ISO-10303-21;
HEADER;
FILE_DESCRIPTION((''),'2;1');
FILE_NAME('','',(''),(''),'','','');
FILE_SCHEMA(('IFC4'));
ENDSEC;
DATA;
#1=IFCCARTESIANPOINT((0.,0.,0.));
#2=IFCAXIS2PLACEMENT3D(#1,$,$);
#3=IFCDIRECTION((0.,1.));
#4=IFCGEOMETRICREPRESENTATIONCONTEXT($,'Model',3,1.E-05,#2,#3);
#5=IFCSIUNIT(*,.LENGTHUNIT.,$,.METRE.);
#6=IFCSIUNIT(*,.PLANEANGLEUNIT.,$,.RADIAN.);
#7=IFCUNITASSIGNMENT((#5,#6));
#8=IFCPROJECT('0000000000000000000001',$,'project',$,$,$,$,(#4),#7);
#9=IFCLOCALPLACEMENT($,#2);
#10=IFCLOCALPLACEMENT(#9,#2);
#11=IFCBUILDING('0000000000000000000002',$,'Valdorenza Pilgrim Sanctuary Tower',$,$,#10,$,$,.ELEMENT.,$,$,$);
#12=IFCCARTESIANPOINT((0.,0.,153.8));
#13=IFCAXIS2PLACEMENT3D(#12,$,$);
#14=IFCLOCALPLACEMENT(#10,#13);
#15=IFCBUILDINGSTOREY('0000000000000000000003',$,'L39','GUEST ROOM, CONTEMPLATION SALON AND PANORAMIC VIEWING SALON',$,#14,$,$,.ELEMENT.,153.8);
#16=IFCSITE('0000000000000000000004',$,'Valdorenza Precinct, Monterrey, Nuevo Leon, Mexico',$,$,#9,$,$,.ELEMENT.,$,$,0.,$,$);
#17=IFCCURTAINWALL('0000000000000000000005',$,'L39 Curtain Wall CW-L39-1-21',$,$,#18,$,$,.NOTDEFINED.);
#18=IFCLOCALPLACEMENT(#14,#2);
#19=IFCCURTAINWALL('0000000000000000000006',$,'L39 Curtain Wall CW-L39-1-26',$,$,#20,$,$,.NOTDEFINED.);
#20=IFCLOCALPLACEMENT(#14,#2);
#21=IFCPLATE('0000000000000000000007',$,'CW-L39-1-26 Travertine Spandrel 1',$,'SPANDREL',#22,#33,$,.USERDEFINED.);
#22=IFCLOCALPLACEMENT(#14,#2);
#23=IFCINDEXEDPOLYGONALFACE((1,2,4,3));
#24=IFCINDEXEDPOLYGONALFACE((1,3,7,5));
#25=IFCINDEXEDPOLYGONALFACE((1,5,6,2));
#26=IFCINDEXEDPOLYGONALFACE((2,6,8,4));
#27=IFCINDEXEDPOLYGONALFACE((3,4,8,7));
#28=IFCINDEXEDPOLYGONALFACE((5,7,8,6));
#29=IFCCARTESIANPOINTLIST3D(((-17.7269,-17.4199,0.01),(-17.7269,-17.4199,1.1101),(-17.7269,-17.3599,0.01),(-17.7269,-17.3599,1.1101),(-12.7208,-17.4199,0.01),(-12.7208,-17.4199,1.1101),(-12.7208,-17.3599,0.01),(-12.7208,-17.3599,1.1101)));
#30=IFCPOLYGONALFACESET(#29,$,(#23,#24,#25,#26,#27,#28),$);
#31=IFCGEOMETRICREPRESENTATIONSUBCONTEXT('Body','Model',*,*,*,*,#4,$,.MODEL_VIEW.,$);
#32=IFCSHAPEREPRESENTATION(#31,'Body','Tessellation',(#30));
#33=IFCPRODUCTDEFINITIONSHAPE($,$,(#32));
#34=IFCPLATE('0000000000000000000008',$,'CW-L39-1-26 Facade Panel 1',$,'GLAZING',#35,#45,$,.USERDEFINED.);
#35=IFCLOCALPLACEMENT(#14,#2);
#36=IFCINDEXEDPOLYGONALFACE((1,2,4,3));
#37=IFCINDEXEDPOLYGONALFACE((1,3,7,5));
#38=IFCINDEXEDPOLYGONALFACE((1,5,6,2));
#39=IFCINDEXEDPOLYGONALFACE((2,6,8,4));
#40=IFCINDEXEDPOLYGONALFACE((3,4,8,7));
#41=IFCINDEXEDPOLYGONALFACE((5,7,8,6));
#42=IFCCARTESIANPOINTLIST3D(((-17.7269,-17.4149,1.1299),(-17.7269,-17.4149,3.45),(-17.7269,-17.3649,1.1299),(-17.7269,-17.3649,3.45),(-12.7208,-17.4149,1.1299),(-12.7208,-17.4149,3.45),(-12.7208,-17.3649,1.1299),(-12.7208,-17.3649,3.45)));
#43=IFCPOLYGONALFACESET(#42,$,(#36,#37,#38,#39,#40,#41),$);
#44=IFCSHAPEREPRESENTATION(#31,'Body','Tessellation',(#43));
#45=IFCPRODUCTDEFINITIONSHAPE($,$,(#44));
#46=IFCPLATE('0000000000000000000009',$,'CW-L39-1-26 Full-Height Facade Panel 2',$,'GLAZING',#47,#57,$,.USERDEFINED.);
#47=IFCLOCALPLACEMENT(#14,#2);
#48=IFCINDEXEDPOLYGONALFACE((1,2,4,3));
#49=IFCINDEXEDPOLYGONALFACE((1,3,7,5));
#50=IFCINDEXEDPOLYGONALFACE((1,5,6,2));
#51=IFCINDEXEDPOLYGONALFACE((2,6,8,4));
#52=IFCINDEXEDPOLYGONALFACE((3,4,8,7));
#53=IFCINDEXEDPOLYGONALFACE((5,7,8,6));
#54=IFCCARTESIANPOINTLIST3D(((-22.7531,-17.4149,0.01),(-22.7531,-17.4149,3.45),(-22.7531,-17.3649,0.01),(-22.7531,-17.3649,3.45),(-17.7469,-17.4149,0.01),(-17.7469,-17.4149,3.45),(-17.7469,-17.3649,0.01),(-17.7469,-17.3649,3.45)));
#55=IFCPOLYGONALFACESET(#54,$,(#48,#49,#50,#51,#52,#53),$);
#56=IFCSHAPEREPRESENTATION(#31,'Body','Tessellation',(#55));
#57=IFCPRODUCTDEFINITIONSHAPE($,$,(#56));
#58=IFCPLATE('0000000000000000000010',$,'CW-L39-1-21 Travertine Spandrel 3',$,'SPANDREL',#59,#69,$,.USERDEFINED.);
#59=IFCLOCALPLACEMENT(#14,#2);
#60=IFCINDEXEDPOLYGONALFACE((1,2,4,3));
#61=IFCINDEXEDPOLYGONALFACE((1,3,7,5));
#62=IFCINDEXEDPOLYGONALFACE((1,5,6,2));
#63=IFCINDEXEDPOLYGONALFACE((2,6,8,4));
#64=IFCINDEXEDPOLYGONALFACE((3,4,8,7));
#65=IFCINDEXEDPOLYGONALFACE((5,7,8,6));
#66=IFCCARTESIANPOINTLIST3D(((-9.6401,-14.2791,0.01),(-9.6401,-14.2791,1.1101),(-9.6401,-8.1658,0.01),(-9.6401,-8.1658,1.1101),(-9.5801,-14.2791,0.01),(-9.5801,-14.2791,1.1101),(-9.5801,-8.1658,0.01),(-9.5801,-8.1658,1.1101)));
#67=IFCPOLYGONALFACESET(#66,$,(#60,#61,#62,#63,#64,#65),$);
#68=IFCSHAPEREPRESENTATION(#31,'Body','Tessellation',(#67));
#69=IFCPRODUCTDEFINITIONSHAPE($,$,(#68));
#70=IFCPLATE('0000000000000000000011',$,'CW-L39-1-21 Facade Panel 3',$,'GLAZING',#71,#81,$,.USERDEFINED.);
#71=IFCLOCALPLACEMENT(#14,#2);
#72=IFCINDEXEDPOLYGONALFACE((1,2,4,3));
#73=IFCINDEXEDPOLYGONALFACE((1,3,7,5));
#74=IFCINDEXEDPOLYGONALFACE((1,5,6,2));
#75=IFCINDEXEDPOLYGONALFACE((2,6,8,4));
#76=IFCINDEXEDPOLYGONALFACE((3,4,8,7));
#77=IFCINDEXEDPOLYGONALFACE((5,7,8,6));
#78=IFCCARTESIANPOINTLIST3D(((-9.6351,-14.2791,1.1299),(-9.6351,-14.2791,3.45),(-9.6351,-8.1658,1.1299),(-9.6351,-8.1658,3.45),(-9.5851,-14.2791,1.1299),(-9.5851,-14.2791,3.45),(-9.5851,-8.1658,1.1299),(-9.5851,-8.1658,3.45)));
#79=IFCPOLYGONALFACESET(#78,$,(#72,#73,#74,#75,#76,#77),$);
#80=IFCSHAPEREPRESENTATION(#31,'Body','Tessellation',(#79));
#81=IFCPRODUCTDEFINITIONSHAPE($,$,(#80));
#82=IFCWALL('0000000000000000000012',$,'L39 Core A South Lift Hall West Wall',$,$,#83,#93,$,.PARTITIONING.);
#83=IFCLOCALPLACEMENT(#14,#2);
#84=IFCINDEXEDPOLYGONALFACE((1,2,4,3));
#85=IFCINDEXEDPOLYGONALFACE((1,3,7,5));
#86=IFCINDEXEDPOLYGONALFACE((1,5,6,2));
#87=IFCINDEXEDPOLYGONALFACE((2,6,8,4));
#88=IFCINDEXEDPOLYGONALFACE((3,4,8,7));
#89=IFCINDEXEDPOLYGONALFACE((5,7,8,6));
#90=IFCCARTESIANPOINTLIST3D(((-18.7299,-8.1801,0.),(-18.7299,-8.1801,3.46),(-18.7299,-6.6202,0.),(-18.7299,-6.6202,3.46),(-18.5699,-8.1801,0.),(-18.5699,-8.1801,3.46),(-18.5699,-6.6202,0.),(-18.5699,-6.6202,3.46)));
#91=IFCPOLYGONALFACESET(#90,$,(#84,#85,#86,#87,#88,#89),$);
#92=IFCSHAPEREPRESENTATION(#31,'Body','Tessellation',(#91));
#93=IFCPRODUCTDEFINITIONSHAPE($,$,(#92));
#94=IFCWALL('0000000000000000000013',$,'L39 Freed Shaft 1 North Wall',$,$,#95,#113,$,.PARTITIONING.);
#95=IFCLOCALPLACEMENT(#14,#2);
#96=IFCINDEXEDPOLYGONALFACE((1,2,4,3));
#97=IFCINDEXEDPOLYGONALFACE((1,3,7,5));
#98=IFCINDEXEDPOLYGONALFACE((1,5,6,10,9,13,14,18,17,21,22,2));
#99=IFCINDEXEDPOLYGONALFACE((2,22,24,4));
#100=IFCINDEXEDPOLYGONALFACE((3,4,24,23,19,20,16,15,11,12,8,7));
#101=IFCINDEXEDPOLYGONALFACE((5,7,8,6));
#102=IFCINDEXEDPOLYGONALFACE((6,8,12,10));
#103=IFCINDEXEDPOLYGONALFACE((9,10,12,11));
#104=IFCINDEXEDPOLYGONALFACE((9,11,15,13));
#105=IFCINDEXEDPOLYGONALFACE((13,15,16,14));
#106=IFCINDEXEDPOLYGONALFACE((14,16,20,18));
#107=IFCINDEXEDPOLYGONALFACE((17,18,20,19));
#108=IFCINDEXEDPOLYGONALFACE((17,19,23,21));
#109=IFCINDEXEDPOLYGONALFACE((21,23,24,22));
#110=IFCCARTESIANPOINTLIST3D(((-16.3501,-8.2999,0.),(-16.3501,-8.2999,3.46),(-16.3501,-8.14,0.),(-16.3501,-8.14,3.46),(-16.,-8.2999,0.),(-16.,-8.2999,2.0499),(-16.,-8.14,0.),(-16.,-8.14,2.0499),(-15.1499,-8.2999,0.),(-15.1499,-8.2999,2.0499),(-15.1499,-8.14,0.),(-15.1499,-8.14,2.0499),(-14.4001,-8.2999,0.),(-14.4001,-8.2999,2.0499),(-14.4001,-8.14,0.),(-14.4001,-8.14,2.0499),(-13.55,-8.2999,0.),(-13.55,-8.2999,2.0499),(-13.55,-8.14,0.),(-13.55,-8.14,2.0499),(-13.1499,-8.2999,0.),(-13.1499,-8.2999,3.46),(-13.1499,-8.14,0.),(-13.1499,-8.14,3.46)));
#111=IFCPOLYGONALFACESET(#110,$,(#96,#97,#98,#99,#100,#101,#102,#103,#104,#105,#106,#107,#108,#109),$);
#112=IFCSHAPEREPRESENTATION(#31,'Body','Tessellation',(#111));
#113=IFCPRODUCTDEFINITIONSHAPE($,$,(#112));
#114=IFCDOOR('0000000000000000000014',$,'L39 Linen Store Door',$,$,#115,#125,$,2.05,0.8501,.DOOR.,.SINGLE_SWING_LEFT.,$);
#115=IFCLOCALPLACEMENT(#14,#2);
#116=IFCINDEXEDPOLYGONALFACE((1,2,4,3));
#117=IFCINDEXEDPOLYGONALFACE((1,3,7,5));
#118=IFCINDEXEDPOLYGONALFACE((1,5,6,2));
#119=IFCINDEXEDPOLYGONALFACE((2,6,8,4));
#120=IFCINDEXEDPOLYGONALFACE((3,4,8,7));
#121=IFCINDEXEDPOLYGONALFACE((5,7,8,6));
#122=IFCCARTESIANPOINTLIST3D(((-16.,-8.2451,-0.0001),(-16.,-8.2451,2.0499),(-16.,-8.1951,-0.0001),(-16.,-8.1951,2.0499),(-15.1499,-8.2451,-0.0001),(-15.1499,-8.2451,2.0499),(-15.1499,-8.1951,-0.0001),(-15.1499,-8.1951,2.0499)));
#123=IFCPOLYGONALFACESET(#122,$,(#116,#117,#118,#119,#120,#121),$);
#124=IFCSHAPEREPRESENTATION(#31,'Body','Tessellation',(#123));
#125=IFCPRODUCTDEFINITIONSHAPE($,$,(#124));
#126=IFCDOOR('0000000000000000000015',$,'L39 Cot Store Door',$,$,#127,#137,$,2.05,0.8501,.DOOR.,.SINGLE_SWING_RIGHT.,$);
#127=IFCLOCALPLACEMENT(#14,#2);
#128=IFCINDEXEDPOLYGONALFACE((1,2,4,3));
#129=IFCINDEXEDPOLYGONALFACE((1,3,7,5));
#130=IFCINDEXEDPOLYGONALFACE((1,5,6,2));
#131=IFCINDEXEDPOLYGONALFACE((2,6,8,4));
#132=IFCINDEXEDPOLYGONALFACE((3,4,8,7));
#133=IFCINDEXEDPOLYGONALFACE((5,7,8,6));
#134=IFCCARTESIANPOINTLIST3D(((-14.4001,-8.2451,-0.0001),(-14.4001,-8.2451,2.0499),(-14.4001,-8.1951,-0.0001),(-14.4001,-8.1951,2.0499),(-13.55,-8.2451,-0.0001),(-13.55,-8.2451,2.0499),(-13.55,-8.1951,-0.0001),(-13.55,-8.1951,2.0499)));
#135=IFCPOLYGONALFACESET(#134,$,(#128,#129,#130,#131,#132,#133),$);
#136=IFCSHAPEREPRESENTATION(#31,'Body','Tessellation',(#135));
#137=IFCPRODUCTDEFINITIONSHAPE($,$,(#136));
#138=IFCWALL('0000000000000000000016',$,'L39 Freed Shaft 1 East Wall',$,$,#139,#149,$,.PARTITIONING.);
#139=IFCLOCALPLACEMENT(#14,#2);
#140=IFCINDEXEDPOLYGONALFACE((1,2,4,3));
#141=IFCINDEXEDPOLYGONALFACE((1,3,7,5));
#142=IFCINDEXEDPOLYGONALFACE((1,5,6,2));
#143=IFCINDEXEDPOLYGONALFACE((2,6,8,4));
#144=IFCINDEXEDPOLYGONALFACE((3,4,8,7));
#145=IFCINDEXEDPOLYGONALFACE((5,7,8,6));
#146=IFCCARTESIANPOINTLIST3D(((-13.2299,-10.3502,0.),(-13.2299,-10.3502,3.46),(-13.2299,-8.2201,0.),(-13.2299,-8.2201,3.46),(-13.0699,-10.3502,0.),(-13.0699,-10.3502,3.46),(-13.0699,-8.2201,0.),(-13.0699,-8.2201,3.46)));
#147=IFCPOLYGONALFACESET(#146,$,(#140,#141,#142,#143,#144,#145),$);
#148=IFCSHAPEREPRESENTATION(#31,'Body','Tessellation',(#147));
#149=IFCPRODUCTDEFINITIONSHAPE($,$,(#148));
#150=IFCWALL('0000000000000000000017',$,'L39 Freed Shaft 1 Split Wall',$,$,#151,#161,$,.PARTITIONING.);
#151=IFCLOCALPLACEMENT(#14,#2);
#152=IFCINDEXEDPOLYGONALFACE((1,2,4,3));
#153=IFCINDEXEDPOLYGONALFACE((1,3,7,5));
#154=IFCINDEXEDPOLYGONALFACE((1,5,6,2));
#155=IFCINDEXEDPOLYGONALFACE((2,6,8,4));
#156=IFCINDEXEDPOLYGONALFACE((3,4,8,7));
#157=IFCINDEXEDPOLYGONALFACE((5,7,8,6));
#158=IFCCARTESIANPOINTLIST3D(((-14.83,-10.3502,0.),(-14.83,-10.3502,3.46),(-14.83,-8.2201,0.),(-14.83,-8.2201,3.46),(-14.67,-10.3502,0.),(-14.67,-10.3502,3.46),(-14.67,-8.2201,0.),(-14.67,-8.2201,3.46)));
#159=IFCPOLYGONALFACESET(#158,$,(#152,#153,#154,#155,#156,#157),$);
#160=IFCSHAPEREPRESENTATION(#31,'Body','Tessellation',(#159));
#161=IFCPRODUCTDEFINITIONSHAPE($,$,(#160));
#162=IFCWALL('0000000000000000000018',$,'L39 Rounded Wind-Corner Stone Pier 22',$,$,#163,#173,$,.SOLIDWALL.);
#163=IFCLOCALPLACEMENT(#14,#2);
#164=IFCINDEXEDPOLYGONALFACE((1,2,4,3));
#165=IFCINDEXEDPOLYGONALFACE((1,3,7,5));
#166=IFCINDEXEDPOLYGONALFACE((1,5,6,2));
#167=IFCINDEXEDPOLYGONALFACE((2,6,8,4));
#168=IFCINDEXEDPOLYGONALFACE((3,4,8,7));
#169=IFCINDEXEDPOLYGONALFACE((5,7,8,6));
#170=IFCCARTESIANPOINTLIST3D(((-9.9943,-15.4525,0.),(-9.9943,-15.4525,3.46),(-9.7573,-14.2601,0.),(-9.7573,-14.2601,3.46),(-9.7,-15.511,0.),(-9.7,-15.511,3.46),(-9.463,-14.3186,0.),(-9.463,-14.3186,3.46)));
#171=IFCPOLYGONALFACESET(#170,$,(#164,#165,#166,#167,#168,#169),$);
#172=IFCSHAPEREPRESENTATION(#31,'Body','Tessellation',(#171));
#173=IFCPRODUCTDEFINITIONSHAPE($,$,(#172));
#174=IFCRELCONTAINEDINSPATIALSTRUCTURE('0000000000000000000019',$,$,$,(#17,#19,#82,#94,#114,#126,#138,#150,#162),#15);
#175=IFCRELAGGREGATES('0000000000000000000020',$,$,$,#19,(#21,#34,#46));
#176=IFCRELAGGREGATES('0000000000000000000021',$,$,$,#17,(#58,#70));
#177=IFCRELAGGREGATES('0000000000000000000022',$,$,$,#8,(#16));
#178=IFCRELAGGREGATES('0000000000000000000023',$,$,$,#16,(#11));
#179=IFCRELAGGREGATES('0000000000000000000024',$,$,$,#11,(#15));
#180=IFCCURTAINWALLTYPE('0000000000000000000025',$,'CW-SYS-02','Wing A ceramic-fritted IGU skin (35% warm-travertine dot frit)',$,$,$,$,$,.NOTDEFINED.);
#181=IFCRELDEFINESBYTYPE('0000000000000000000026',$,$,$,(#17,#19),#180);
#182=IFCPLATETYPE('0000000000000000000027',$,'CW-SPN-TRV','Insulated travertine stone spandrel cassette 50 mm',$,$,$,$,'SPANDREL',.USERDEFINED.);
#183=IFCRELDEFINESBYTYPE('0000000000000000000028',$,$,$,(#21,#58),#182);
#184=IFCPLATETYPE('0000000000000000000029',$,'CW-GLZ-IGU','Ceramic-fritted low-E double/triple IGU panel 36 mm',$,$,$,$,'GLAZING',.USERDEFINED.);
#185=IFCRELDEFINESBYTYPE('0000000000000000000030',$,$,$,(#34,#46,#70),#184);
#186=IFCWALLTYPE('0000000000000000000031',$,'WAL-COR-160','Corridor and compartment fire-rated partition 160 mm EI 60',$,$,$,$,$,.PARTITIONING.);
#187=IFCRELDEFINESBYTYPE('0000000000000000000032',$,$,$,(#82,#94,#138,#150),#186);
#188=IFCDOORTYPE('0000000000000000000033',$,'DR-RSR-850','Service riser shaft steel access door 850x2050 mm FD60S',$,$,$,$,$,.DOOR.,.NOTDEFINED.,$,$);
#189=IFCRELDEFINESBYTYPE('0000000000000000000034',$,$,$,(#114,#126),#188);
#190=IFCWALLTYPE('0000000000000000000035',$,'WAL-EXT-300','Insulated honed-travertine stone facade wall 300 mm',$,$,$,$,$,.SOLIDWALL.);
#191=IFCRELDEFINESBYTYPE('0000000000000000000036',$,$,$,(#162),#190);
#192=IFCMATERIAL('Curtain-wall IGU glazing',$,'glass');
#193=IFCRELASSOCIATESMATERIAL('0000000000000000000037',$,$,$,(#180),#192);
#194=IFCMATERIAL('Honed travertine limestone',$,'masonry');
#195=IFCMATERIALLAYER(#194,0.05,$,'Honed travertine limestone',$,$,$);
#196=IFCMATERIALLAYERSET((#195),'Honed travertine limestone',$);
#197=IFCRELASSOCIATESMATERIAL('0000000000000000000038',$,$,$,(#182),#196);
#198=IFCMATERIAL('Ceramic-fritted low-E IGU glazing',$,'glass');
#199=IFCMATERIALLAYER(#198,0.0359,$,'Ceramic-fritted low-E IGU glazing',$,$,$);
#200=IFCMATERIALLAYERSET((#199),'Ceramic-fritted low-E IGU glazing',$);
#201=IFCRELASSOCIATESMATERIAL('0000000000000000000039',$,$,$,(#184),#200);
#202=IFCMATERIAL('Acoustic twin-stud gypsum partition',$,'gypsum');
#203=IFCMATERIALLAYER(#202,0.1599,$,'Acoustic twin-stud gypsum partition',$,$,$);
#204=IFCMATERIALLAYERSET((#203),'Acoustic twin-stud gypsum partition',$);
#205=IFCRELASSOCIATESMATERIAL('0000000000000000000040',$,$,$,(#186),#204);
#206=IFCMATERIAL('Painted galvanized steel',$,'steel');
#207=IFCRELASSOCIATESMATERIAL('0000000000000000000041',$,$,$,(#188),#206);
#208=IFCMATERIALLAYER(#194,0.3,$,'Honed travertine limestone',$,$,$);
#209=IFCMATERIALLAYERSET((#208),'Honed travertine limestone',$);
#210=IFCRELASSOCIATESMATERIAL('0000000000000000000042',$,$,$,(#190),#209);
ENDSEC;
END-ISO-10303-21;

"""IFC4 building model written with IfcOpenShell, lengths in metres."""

from ifc_helpers import new_model, si_unit, direction, frame, frame_2d, origin, origin_2d, place, context, subcontext, project, spatial, rectangle, extrude, source, transform, mapped, material, layer, layer_set, type_object, element, fill, aggregate, save


model = new_model("IFC4")

# Units and contexts
model_context = context("Model", 3, precision=1e-05, world=origin(), true_north=direction((0.0, 1.0)))
body_context = subcontext(model_context, "Body", "Model", "MODEL_VIEW")
ifc_project = project(units=[si_unit("LENGTHUNIT", "METRE"), si_unit("PLANEANGLEUNIT", "RADIAN")], contexts=[model_context])

# Site, building, storey
site_placement = place(None, origin())
site = spatial("IfcSite", under=ifc_project, at=site_placement, Name="Valdorenza Precinct, Monterrey, Nuevo Leon, Mexico", CompositionType="ELEMENT", RefElevation=0.0)
building_placement = place(site_placement, origin())
building = spatial("IfcBuilding", under=site, at=building_placement, Name="Valdorenza Pilgrim Sanctuary Tower", CompositionType="ELEMENT")
storey_placement = place(building_placement, frame((0.0, 0.0, 153.8)))
storey = spatial("IfcBuildingStorey", under=building, at=storey_placement, Name="L39", Description="GUEST ROOM, CONTEMPLATION SALON AND PANORAMIC VIEWING SALON", CompositionType="ELEMENT", Elevation=153.8)

# Curtain wall
ifc_material_1 = material(Name="Curtain-wall IGU glazing", Category="glass")
curtain_wall_type = type_object("IfcCurtainWallType", Name="CW-SYS-02", Description="Wing A ceramic-fritted IGU skin (35% warm-travertine dot frit)", PredefinedType="NOTDEFINED", material=ifc_material_1)
curtain_wall_1_placement = place(storey_placement, origin())
curtain_wall_1 = element("IfcCurtainWall", 1, at=curtain_wall_1_placement, inside=storey, type_object=curtain_wall_type, Name="L39 Curtain Wall CW-L39-1-21", PredefinedType="NOTDEFINED")

# Curtain wall, plates
curtain_wall_2_placement = place(storey_placement, origin())
curtain_wall_2 = element("IfcCurtainWall", 2, at=curtain_wall_2_placement, inside=storey, type_object=curtain_wall_type, Name="L39 Curtain Wall CW-L39-1-26", PredefinedType="NOTDEFINED")
ifc_material_2 = material(Name="Honed travertine limestone", Category="masonry")
ifc_layer_1 = layer(ifc_material_2, 0.05, Name="Honed travertine limestone")
ifc_layer_set_1 = layer_set([ifc_layer_1], Name="Honed travertine limestone")
plate_type_1 = type_object("IfcPlateType", Name="CW-SPN-TRV", Description="Insulated travertine stone spandrel cassette 50 mm", ElementType="SPANDREL", PredefinedType="USERDEFINED", material=ifc_layer_set_1)
shared_shape_1 = source(origin(), body_context, "Body", "SweptSolid", [
    extrude(rectangle(XDim=5.0061, YDim=0.0601, at=origin_2d()), origin(), (0.0, 0.0, 1.0), 1.1001),
])
plate_1_placement = place(storey_placement, frame((-15.2239, -17.3899, 0.01), z_axis=(0.0, 0.0, 1.0), x_axis=(-1.0, 0.0, 0.0)))
plate_1 = element("IfcPlate", 3, at=plate_1_placement, type_object=plate_type_1, Name="CW-L39-1-26 Travertine Spandrel 1", ObjectType="SPANDREL", PredefinedType="USERDEFINED", context=body_context, shape_type="MappedRepresentation", body=[
    mapped(shared_shape_1, transform((0.0, 0.0, 0.0), x_axis=(1.0, 0.0, 0.0), y_axis=(0.0, 1.0, 0.0), z_axis=(0.0, 0.0, 1.0), scale=1.0)),
])
ifc_material_3 = material(Name="Ceramic-fritted low-E IGU glazing", Category="glass")
ifc_layer_2 = layer(ifc_material_3, 0.0359, Name="Ceramic-fritted low-E IGU glazing")
ifc_layer_set_2 = layer_set([ifc_layer_2], Name="Ceramic-fritted low-E IGU glazing")
plate_type_2 = type_object("IfcPlateType", Name="CW-GLZ-IGU", Description="Ceramic-fritted low-E double/triple IGU panel 36 mm", ElementType="GLAZING", PredefinedType="USERDEFINED", material=ifc_layer_set_2)
shared_shape_2 = source(origin(), body_context, "Body", "SweptSolid", [
    extrude(rectangle(XDim=5.0061, YDim=0.05, at=origin_2d()), origin(), (0.0, 0.0, 1.0), 2.3201),
])
plate_2_placement = place(storey_placement, frame((-15.2239, -17.3899, 1.1299), z_axis=(0.0, 0.0, 1.0), x_axis=(-1.0, 0.0, 0.0)))
plate_2 = element("IfcPlate", 4, at=plate_2_placement, type_object=plate_type_2, Name="CW-L39-1-26 Facade Panel 1", ObjectType="GLAZING", PredefinedType="USERDEFINED", context=body_context, shape_type="MappedRepresentation", body=[
    mapped(shared_shape_2, transform((0.0, 0.0, 0.0), x_axis=(1.0, 0.0, 0.0), y_axis=(0.0, 1.0, 0.0), z_axis=(0.0, 0.0, 1.0), scale=1.0)),
])
shared_shape_3 = source(origin(), body_context, "Body", "SweptSolid", [
    extrude(rectangle(XDim=5.0061, YDim=0.05, at=origin_2d()), origin(), (0.0, 0.0, 1.0), 3.4399),
])
plate_3_placement = place(storey_placement, frame((-20.25, -17.3899, 0.01), z_axis=(0.0, 0.0, 1.0), x_axis=(-1.0, 0.0, 0.0)))
plate_3 = element("IfcPlate", 5, at=plate_3_placement, type_object=plate_type_2, Name="CW-L39-1-26 Full-Height Facade Panel 2", ObjectType="GLAZING", PredefinedType="USERDEFINED", context=body_context, shape_type="MappedRepresentation", body=[
    mapped(shared_shape_3, transform((0.0, 0.0, 0.0), x_axis=(1.0, 0.0, 0.0), y_axis=(0.0, 1.0, 0.0), z_axis=(0.0, 0.0, 1.0), scale=1.0)),
])
aggregate(curtain_wall_2, [plate_1, plate_2, plate_3])

# Plates
shared_shape_4 = source(origin(), body_context, "Body", "SweptSolid", [
    extrude(rectangle(XDim=6.1133, YDim=0.0601, at=origin_2d()), origin(), (0.0, 0.0, 1.0), 1.1001),
])
plate_4_placement = place(storey_placement, frame((-9.6101, -11.2224, 0.01), z_axis=(0.0, 0.0, 1.0), x_axis=(0.0, -1.0, 0.0)))
plate_4 = element("IfcPlate", 6, at=plate_4_placement, type_object=plate_type_1, Name="CW-L39-1-21 Travertine Spandrel 3", ObjectType="SPANDREL", PredefinedType="USERDEFINED", context=body_context, shape_type="MappedRepresentation", body=[
    mapped(shared_shape_4, transform((0.0, 0.0, 0.0), x_axis=(1.0, 0.0, 0.0), y_axis=(0.0, 1.0, 0.0), z_axis=(0.0, 0.0, 1.0), scale=1.0)),
])
shared_shape_5 = source(origin(), body_context, "Body", "SweptSolid", [
    extrude(rectangle(XDim=6.1133, YDim=0.05, at=origin_2d()), origin(), (0.0, 0.0, 1.0), 2.3201),
])
plate_5_placement = place(storey_placement, frame((-9.6101, -11.2224, 1.1299), z_axis=(0.0, 0.0, 1.0), x_axis=(0.0, -1.0, 0.0)))
plate_5 = element("IfcPlate", 7, at=plate_5_placement, type_object=plate_type_2, Name="CW-L39-1-21 Facade Panel 3", ObjectType="GLAZING", PredefinedType="USERDEFINED", context=body_context, shape_type="MappedRepresentation", body=[
    mapped(shared_shape_5, transform((0.0, 0.0, 0.0), x_axis=(1.0, 0.0, 0.0), y_axis=(0.0, 1.0, 0.0), z_axis=(0.0, 0.0, 1.0), scale=1.0)),
])
aggregate(curtain_wall_1, [plate_4, plate_5])

# Wall
ifc_material_4 = material(Name="Acoustic twin-stud gypsum partition", Category="gypsum")
ifc_layer_3 = layer(ifc_material_4, 0.1599, Name="Acoustic twin-stud gypsum partition")
ifc_layer_set_3 = layer_set([ifc_layer_3], Name="Acoustic twin-stud gypsum partition")
wall_type_1 = type_object("IfcWallType", Name="WAL-COR-160", Description="Corridor and compartment fire-rated partition 160 mm EI 60", PredefinedType="PARTITIONING", material=ifc_layer_set_3)
wall_1_placement = place(storey_placement, frame((-18.6499, -8.1799, 0.0), z_axis=(0.0, 0.0, 1.0), x_axis=(0.0, 1.0, 0.0)))
element("IfcWall", 8, at=wall_1_placement, inside=storey, type_object=wall_type_1, Name="L39 Core A South Lift Hall West Wall", PredefinedType="PARTITIONING", context=body_context, shape_type="SweptSolid", body=[
    extrude(rectangle(XDim=1.5598, YDim=0.1599, at=frame_2d((0.7798, 0.0))), origin(), (0.0, 0.0, 1.0), 3.46),
])

# Wall, openings, doors
wall_2_placement = place(storey_placement, frame((-16.3501, -8.22, 0.0), z_axis=(0.0, 0.0, 1.0), x_axis=(1.0, 0.0, 0.0)))
wall_2 = element("IfcWall", 9, at=wall_2_placement, inside=storey, type_object=wall_type_1, Name="L39 Freed Shaft 1 North Wall", PredefinedType="PARTITIONING", context=body_context, shape_type="SweptSolid", body=[
    extrude(rectangle(XDim=3.2002, YDim=0.1599, at=frame_2d((1.6001, 0.0))), origin(), (0.0, 0.0, 1.0), 3.46),
])
opening_1_placement = place(wall_2_placement, frame((0.3501, 0.0, 0.0)))
opening_1 = element("IfcOpeningElement", 10, at=opening_1_placement, cuts=wall_2, PredefinedType="OPENING", context=body_context, shape_type="SweptSolid", body=[
    extrude(rectangle(XDim=0.8501, YDim=2.05, at=frame_2d((0.425, 1.0249))), frame((0.0, 0.0947, 0.0), z_axis=(0.0, -1.0, 0.0), x_axis=(1.0, 0.0, 0.0)), (0.0, 0.0, 1.0), 0.1897),
])
opening_2_placement = place(wall_2_placement, frame((1.95, 0.0, 0.0)))
opening_2 = element("IfcOpeningElement", 11, at=opening_2_placement, cuts=wall_2, PredefinedType="OPENING", context=body_context, shape_type="SweptSolid", body=[
    extrude(rectangle(XDim=0.8501, YDim=2.05, at=frame_2d((0.425, 1.0249))), frame((0.0, 0.0947, 0.0), z_axis=(0.0, -1.0, 0.0), x_axis=(1.0, 0.0, 0.0)), (0.0, 0.0, 1.0), 0.1897),
])
ifc_material_5 = material(Name="Painted galvanized steel", Category="steel")
door_type_1 = type_object("IfcDoorType", Name="DR-RSR-850", Description="Service riser shaft steel access door 850x2050 mm FD60S", OperationType="NOTDEFINED", PredefinedType="DOOR", material=ifc_material_5)
door_1_placement = place(opening_1_placement, origin())
door_1 = element("IfcDoor", 12, at=door_1_placement, inside=storey, type_object=door_type_1, Name="L39 Linen Store Door", OperationType="SINGLE_SWING_LEFT", OverallHeight=2.05, OverallWidth=0.8501, PredefinedType="DOOR", context=body_context, shape_type="SweptSolid", body=[
    extrude(rectangle(XDim=0.8501, YDim=2.05, at=frame_2d((0.425, 1.0249))), frame((0.0, 0.0249, 0.0), z_axis=(0.0, -1.0, 0.0), x_axis=(1.0, 0.0, 0.0)), (0.0, 0.0, 1.0), 0.05),
])
fill(opening_1, door_1)
door_2_placement = place(opening_2_placement, origin())
door_2 = element("IfcDoor", 13, at=door_2_placement, inside=storey, type_object=door_type_1, Name="L39 Cot Store Door", OperationType="SINGLE_SWING_RIGHT", OverallHeight=2.05, OverallWidth=0.8501, PredefinedType="DOOR", context=body_context, shape_type="SweptSolid", body=[
    extrude(rectangle(XDim=0.8501, YDim=2.05, at=frame_2d((0.425, 1.0249))), frame((0.0, 0.0249, 0.0), z_axis=(0.0, -1.0, 0.0), x_axis=(1.0, 0.0, 0.0)), (0.0, 0.0, 1.0), 0.05),
])
fill(opening_2, door_2)

# Walls
for number, where, z_axis, x_axis, name in (
    (14, (-13.1499, -10.3501, 0.0), (0.0, 0.0, 1.0), (0.0, 1.0, 0.0), "L39 Freed Shaft 1 East Wall"),
    (15, (-14.75, -10.3501, 0.0), (0.0, 0.0, 1.0), (0.0, 1.0, 0.0), "L39 Freed Shaft 1 Split Wall"),
):
    element("IfcWall", number, at=place(storey_placement, frame(where, z_axis=z_axis, x_axis=x_axis)), inside=storey, type_object=wall_type_1, Name=name, PredefinedType="PARTITIONING", context=body_context, shape_type="SweptSolid", body=[
        extrude(rectangle(XDim=2.1301, YDim=0.1599, at=frame_2d((1.0649, 0.0))), origin(), (0.0, 0.0, 1.0), 3.46),
    ])
ifc_layer_4 = layer(ifc_material_2, 0.3, Name="Honed travertine limestone")
ifc_layer_set_4 = layer_set([ifc_layer_4], Name="Honed travertine limestone")
wall_type_2 = type_object("IfcWallType", Name="WAL-EXT-300", Description="Insulated honed-travertine stone facade wall 300 mm", PredefinedType="SOLIDWALL", material=ifc_layer_set_4)
wall_3_placement = place(storey_placement, frame((-9.6101, -14.2893, 0.0), z_axis=(0.0, 0.0, 1.0), x_axis=(-0.194996, -0.980804, 0.0)))
element("IfcWall", 16, at=wall_3_placement, inside=storey, type_object=wall_type_2, Name="L39 Rounded Wind-Corner Stone Pier 22", PredefinedType="SOLIDWALL", context=body_context, shape_type="SweptSolid", body=[
    extrude(rectangle(XDim=1.2158, YDim=0.3, at=frame_2d((0.6079, 0.0))), origin(), (0.0, 0.0, 1.0), 3.46),
])

save(model, "model.ifc")
